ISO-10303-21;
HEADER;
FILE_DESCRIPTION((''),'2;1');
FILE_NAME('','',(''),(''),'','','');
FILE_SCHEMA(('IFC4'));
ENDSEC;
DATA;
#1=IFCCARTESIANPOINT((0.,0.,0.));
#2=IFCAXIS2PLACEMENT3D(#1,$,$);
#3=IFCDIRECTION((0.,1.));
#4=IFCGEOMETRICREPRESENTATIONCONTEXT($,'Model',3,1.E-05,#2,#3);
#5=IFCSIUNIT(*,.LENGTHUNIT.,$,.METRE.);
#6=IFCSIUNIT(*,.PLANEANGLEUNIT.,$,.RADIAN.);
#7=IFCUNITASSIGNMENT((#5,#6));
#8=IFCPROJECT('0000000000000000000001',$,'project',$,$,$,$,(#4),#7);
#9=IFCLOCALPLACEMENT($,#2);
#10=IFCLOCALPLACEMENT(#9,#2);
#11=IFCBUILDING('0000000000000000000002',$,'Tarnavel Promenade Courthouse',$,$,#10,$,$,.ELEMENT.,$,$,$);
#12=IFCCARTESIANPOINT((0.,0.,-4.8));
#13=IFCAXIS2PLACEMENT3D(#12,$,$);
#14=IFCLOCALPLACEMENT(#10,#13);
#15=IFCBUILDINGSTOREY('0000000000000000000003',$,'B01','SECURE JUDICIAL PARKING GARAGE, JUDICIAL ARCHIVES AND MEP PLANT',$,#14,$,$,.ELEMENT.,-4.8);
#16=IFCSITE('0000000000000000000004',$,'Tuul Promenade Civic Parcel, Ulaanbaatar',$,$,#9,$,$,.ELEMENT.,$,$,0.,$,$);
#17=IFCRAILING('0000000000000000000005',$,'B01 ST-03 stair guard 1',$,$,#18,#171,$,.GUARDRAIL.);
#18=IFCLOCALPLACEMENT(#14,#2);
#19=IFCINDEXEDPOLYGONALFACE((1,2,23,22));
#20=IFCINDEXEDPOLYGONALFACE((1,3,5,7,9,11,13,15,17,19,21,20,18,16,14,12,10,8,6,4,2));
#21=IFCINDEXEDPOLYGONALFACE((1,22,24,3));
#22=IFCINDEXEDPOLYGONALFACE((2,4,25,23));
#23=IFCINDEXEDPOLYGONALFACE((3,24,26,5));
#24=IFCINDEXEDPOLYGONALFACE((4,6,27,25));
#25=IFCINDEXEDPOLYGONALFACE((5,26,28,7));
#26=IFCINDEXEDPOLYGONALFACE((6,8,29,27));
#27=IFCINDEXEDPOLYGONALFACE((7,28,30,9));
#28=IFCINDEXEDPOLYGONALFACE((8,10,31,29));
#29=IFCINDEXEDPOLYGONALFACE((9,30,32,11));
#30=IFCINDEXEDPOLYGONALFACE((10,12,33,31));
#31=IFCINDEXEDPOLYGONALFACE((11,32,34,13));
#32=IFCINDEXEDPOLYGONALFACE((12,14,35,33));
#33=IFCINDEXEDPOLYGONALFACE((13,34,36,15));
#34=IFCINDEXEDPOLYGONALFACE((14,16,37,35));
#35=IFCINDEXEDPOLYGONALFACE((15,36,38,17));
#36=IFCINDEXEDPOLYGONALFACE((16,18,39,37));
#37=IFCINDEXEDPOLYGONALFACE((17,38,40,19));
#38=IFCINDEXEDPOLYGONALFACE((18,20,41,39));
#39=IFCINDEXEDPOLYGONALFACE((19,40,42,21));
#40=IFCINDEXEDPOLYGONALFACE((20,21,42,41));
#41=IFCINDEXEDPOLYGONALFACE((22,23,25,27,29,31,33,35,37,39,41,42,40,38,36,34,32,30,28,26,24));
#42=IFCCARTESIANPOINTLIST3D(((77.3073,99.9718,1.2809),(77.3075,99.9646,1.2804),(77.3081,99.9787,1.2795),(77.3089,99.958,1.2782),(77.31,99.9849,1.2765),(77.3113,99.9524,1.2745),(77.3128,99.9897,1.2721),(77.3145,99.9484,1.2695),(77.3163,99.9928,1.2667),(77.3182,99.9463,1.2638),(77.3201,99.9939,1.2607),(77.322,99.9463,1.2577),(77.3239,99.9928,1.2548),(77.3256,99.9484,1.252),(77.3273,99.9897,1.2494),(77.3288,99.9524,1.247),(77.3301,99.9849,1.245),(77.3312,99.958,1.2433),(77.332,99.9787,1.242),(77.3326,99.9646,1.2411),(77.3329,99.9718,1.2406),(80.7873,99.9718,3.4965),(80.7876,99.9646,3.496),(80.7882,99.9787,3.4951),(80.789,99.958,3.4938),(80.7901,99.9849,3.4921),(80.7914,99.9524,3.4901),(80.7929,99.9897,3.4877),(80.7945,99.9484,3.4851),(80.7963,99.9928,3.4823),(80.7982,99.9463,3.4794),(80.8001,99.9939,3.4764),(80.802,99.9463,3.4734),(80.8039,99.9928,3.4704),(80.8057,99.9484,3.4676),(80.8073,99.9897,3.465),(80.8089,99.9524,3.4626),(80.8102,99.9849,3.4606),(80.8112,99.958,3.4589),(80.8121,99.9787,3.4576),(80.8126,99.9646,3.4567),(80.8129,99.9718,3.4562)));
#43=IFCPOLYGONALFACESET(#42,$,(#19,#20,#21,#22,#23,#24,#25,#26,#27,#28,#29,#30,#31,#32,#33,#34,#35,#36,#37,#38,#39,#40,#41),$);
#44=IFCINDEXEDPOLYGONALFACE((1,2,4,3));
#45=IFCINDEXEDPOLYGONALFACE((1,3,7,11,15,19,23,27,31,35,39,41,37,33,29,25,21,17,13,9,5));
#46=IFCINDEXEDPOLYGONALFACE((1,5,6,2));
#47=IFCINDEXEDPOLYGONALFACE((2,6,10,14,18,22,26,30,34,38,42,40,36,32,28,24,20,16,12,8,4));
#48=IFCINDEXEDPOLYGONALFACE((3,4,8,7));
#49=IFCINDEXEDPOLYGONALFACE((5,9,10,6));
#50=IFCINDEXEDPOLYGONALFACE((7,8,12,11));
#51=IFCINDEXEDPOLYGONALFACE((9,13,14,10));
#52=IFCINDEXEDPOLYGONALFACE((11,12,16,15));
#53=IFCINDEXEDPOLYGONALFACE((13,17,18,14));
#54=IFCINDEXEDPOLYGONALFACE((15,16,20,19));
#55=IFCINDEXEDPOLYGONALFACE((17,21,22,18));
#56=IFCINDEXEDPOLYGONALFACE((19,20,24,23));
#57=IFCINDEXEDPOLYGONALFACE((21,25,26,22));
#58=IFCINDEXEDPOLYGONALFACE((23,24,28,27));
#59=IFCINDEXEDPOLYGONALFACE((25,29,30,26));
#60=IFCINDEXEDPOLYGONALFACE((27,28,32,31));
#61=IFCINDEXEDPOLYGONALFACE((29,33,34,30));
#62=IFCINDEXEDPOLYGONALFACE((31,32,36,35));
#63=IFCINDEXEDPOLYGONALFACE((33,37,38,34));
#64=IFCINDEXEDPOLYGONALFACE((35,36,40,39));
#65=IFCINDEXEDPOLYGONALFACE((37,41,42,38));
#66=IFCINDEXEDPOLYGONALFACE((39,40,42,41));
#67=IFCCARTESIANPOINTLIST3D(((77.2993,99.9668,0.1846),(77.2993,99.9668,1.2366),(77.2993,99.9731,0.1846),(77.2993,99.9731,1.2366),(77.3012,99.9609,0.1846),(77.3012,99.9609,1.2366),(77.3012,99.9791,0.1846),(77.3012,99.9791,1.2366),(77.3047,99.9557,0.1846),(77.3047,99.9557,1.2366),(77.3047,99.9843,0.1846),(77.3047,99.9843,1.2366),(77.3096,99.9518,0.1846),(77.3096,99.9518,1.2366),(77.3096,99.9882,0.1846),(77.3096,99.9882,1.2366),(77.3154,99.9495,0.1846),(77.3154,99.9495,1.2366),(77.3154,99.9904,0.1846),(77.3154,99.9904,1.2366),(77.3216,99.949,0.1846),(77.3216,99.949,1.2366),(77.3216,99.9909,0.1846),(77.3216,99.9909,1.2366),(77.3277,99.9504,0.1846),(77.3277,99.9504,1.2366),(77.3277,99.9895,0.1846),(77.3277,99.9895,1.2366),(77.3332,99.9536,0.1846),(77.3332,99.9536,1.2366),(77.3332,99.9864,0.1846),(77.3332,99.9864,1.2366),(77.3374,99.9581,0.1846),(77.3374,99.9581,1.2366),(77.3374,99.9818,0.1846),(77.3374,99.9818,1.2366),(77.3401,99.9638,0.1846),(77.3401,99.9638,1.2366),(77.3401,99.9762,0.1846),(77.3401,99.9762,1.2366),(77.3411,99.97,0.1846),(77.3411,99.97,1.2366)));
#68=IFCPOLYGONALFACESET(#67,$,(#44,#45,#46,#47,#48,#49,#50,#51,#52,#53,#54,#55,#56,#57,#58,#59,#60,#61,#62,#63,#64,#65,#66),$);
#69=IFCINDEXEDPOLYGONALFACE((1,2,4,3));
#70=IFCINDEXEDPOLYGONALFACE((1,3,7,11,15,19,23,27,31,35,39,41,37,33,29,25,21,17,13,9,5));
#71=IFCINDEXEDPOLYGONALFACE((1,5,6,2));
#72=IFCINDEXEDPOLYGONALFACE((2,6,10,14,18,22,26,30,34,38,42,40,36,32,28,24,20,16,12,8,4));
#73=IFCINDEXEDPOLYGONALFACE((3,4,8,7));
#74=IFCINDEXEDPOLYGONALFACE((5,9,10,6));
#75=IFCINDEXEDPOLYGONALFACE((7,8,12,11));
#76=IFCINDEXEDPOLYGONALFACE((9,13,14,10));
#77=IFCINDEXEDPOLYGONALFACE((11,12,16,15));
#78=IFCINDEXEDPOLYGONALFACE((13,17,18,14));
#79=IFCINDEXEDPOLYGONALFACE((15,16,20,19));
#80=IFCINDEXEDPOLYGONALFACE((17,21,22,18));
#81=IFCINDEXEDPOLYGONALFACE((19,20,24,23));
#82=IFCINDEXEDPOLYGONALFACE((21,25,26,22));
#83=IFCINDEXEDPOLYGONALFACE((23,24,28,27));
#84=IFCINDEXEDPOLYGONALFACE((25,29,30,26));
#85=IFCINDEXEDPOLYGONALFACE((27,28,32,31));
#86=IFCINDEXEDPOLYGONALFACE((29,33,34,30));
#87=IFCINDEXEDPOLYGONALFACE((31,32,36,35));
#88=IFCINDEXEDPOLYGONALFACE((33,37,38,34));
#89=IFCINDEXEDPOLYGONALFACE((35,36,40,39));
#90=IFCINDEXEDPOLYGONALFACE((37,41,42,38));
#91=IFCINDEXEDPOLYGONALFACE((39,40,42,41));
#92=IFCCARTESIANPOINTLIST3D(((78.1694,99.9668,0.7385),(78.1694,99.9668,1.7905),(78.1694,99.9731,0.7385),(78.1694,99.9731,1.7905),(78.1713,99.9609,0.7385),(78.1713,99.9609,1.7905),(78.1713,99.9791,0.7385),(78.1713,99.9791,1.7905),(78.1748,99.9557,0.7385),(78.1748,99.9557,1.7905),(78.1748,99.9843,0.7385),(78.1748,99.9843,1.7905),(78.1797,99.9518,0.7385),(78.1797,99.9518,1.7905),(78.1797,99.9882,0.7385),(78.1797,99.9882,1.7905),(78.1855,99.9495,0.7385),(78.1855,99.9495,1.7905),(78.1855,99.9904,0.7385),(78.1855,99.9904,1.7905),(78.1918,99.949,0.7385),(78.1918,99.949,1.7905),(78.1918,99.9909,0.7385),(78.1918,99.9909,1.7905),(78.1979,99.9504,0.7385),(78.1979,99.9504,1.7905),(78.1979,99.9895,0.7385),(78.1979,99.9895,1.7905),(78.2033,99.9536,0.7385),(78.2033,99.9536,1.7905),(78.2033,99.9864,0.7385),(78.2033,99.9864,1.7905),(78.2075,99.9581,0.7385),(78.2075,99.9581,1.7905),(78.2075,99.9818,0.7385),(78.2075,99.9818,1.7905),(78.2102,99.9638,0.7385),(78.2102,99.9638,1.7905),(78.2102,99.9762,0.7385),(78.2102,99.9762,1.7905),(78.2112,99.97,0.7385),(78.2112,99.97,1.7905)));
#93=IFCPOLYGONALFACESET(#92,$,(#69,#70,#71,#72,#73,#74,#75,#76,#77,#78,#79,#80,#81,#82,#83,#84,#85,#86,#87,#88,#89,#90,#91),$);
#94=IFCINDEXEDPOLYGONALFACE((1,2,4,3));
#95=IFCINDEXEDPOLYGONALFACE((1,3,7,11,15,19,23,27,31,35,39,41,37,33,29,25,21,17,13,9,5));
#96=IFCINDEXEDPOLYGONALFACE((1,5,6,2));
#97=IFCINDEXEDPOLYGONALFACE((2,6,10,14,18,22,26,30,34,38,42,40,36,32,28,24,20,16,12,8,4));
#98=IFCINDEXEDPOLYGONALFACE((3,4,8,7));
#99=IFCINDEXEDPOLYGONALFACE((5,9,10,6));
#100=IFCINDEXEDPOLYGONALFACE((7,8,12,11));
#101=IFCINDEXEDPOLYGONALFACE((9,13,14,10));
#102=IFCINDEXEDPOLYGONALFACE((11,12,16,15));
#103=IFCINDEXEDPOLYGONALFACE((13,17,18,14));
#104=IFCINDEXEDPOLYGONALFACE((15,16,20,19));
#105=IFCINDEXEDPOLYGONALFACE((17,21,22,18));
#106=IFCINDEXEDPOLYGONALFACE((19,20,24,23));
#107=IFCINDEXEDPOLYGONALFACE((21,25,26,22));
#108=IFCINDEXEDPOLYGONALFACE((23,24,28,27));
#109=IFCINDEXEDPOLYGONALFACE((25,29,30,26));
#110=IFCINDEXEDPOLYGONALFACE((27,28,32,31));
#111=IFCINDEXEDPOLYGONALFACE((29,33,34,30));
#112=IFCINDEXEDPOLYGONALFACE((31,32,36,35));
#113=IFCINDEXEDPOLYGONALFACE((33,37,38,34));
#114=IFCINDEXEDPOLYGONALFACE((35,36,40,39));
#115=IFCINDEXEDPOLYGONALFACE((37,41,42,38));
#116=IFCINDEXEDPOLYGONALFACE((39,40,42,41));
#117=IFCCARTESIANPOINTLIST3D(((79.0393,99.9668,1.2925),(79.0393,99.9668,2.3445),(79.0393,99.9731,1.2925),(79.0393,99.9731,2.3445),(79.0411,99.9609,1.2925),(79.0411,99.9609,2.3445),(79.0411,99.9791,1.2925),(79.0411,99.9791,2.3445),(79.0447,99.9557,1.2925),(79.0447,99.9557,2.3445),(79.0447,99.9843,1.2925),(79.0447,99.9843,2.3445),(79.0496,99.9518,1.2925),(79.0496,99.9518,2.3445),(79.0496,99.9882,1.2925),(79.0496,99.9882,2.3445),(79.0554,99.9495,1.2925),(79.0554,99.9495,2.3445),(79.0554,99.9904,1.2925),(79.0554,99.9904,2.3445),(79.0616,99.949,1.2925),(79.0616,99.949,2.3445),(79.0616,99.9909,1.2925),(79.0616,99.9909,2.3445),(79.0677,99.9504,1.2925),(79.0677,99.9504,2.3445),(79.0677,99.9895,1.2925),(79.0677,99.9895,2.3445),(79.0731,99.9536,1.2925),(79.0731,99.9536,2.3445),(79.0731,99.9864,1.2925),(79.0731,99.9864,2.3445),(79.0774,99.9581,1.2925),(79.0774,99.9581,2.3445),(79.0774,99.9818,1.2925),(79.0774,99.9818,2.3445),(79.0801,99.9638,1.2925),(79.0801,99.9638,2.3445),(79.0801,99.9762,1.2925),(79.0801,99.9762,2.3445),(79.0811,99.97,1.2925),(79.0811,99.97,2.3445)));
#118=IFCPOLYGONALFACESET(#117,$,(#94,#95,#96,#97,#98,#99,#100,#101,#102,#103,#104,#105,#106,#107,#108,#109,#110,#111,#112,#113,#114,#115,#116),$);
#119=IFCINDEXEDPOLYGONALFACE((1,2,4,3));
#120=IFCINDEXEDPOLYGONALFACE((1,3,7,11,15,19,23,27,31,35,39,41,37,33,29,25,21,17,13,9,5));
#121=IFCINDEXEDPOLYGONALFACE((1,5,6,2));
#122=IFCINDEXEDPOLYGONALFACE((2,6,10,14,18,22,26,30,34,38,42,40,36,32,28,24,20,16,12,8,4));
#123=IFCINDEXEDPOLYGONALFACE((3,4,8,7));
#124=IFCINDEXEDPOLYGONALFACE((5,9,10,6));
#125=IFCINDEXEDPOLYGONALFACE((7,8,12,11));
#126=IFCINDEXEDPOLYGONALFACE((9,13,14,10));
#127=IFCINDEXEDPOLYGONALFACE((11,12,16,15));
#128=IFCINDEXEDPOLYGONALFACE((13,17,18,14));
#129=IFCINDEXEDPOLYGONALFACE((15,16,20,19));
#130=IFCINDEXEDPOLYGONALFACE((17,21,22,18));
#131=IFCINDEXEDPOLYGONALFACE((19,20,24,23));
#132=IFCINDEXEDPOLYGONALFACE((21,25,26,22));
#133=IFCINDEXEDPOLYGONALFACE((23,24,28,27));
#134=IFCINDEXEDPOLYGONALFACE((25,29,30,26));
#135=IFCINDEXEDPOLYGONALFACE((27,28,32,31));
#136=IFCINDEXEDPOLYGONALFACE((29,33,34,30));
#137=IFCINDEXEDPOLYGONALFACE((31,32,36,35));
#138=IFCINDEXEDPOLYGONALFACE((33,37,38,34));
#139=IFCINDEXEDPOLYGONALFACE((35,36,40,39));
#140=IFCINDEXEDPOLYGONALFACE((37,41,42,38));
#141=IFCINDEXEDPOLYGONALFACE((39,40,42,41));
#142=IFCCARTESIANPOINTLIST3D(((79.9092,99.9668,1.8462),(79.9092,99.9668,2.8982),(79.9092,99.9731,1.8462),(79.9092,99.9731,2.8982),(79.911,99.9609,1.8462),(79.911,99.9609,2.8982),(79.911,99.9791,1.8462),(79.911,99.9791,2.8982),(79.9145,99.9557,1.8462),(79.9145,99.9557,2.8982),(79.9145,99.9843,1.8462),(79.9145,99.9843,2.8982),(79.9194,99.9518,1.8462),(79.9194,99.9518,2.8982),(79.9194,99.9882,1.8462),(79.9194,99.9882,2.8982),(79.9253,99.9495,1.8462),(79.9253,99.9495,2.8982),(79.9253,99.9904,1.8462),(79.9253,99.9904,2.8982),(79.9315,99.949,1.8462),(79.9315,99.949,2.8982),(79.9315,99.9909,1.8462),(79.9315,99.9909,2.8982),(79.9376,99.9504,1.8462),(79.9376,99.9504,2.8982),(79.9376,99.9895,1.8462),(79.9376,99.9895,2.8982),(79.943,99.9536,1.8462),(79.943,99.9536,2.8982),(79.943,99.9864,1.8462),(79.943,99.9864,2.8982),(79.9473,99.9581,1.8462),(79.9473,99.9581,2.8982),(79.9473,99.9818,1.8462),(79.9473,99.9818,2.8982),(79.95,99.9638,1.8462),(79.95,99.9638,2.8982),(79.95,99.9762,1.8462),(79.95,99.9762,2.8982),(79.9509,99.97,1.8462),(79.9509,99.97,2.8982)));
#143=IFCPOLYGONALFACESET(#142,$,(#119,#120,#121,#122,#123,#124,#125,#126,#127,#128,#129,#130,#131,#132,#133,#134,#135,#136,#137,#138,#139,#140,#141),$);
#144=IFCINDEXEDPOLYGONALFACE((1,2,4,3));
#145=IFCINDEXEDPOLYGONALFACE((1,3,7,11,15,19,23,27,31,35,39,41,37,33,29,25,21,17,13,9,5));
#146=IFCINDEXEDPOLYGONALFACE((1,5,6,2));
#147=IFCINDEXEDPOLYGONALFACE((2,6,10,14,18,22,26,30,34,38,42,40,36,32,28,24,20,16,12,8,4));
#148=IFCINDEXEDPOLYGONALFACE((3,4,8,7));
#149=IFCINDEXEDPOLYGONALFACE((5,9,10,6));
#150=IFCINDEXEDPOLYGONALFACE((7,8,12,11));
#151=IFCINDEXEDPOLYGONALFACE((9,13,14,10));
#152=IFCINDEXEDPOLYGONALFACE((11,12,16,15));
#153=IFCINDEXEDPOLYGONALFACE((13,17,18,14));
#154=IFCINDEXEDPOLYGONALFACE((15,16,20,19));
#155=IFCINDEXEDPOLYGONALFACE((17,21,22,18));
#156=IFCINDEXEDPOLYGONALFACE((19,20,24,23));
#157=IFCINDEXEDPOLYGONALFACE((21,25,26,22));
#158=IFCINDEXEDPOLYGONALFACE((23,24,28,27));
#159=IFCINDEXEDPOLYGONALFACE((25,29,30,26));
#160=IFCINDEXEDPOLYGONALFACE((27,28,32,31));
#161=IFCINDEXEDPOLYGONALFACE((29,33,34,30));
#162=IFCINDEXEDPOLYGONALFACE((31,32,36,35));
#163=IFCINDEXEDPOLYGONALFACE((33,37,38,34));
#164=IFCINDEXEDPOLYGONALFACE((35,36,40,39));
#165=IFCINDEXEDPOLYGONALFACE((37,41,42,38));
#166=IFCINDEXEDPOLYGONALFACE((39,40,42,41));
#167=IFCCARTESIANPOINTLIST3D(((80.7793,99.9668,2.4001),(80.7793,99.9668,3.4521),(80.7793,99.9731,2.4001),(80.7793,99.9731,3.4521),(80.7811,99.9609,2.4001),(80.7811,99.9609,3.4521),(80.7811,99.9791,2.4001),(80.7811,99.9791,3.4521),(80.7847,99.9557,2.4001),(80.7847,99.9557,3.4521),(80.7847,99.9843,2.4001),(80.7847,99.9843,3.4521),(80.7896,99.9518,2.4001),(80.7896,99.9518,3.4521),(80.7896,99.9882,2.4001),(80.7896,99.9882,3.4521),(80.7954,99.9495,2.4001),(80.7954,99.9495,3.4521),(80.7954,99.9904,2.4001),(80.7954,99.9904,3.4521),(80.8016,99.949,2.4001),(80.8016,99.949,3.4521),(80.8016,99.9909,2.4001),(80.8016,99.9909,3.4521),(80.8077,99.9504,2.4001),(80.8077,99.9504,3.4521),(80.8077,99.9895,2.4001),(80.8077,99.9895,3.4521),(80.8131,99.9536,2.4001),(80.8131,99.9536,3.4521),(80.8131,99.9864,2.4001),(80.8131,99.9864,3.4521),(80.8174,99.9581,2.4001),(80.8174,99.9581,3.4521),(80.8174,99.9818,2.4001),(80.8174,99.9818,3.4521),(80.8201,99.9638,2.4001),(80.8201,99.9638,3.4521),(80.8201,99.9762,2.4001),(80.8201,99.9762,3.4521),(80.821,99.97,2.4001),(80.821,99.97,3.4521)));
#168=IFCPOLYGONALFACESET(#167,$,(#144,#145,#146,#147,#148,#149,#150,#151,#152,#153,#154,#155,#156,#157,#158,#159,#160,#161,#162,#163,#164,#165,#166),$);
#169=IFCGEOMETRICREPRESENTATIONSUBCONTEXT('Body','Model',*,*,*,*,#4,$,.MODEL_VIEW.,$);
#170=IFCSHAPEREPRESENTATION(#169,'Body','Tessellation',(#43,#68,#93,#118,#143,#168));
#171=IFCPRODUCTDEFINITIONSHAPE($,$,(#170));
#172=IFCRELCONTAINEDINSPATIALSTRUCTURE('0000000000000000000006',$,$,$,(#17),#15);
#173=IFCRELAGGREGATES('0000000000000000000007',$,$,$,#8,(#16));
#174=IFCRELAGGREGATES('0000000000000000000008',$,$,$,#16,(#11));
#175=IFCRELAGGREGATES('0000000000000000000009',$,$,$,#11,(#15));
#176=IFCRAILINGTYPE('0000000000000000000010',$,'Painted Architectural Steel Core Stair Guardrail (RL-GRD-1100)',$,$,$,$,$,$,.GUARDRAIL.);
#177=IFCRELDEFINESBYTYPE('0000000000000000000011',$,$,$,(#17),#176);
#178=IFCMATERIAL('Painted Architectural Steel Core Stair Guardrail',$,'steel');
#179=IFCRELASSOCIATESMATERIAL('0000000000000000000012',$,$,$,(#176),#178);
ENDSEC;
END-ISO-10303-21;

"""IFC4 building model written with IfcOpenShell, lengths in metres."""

from ifc_helpers import new_model, si_unit, direction, frame, origin, origin_2d, place, context, subcontext, project, spatial, circle, extrude, material, type_object, element, save


model = new_model("IFC4")

# Units and contexts
model_context = context("Model", 3, precision=1e-05, world=origin(), true_north=direction((0.0, 1.0)))
body_context = subcontext(model_context, "Body", "Model", "MODEL_VIEW")
ifc_project = project(units=[si_unit("LENGTHUNIT", "METRE"), si_unit("PLANEANGLEUNIT", "RADIAN")], contexts=[model_context])

# Site, building, storey
site_placement = place(None, origin())
site = spatial("IfcSite", under=ifc_project, at=site_placement, Name="Tuul Promenade Civic Parcel, Ulaanbaatar", CompositionType="ELEMENT", RefElevation=0.0)
building_placement = place(site_placement, origin())
building = spatial("IfcBuilding", under=site, at=building_placement, Name="Tarnavel Promenade Courthouse", CompositionType="ELEMENT")
storey_placement = place(building_placement, frame((0.0, 0.0, -4.8)))
storey = spatial("IfcBuildingStorey", under=building, at=storey_placement, Name="B01", Description="SECURE JUDICIAL PARKING GARAGE, JUDICIAL ARCHIVES AND MEP PLANT", CompositionType="ELEMENT", Elevation=-4.8)

# Railing
ifc_material_1 = material(Name="Painted Architectural Steel Core Stair Guardrail", Category="steel")
railing_type_1 = type_object("IfcRailingType", Name="Painted Architectural Steel Core Stair Guardrail (RL-GRD-1100)", PredefinedType="GUARDRAIL", material=ifc_material_1)
railing_1_placement = place(storey_placement, frame((77.3201, 99.97, 0.1846)))
element("IfcRailing", 1, at=railing_1_placement, inside=storey, type_object=railing_type_1, Name="B01 ST-03 stair guard 1", PredefinedType="GUARDRAIL", context=body_context, shape_type="SweptSolid", body=[
    extrude(circle(Radius=0.0239, at=origin_2d()), frame((0.0, 0.0, 1.0762), z_axis=(0.843547, 0.0, 0.537055), x_axis=(0.0, 1.0, 0.0)), (0.0, 0.0, 1.0), 4.1255),
    extrude(circle(Radius=0.021, at=origin_2d()), origin(), (0.0, 0.0, 1.0), 1.052),
    extrude(circle(Radius=0.021, at=origin_2d()), frame((0.8701, 0.0, 0.554)), (0.0, 0.0, 1.0), 1.052),
    extrude(circle(Radius=0.021, at=origin_2d()), frame((1.74, 0.0, 1.1079)), (0.0, 0.0, 1.0), 1.052),
    extrude(circle(Radius=0.021, at=origin_2d()), frame((2.6099, 0.0, 1.6616)), (0.0, 0.0, 1.0), 1.052),
    extrude(circle(Radius=0.021, at=origin_2d()), frame((3.48, 0.0, 2.2156)), (0.0, 0.0, 1.0), 1.052),
])

save(model, "model.ifc")
